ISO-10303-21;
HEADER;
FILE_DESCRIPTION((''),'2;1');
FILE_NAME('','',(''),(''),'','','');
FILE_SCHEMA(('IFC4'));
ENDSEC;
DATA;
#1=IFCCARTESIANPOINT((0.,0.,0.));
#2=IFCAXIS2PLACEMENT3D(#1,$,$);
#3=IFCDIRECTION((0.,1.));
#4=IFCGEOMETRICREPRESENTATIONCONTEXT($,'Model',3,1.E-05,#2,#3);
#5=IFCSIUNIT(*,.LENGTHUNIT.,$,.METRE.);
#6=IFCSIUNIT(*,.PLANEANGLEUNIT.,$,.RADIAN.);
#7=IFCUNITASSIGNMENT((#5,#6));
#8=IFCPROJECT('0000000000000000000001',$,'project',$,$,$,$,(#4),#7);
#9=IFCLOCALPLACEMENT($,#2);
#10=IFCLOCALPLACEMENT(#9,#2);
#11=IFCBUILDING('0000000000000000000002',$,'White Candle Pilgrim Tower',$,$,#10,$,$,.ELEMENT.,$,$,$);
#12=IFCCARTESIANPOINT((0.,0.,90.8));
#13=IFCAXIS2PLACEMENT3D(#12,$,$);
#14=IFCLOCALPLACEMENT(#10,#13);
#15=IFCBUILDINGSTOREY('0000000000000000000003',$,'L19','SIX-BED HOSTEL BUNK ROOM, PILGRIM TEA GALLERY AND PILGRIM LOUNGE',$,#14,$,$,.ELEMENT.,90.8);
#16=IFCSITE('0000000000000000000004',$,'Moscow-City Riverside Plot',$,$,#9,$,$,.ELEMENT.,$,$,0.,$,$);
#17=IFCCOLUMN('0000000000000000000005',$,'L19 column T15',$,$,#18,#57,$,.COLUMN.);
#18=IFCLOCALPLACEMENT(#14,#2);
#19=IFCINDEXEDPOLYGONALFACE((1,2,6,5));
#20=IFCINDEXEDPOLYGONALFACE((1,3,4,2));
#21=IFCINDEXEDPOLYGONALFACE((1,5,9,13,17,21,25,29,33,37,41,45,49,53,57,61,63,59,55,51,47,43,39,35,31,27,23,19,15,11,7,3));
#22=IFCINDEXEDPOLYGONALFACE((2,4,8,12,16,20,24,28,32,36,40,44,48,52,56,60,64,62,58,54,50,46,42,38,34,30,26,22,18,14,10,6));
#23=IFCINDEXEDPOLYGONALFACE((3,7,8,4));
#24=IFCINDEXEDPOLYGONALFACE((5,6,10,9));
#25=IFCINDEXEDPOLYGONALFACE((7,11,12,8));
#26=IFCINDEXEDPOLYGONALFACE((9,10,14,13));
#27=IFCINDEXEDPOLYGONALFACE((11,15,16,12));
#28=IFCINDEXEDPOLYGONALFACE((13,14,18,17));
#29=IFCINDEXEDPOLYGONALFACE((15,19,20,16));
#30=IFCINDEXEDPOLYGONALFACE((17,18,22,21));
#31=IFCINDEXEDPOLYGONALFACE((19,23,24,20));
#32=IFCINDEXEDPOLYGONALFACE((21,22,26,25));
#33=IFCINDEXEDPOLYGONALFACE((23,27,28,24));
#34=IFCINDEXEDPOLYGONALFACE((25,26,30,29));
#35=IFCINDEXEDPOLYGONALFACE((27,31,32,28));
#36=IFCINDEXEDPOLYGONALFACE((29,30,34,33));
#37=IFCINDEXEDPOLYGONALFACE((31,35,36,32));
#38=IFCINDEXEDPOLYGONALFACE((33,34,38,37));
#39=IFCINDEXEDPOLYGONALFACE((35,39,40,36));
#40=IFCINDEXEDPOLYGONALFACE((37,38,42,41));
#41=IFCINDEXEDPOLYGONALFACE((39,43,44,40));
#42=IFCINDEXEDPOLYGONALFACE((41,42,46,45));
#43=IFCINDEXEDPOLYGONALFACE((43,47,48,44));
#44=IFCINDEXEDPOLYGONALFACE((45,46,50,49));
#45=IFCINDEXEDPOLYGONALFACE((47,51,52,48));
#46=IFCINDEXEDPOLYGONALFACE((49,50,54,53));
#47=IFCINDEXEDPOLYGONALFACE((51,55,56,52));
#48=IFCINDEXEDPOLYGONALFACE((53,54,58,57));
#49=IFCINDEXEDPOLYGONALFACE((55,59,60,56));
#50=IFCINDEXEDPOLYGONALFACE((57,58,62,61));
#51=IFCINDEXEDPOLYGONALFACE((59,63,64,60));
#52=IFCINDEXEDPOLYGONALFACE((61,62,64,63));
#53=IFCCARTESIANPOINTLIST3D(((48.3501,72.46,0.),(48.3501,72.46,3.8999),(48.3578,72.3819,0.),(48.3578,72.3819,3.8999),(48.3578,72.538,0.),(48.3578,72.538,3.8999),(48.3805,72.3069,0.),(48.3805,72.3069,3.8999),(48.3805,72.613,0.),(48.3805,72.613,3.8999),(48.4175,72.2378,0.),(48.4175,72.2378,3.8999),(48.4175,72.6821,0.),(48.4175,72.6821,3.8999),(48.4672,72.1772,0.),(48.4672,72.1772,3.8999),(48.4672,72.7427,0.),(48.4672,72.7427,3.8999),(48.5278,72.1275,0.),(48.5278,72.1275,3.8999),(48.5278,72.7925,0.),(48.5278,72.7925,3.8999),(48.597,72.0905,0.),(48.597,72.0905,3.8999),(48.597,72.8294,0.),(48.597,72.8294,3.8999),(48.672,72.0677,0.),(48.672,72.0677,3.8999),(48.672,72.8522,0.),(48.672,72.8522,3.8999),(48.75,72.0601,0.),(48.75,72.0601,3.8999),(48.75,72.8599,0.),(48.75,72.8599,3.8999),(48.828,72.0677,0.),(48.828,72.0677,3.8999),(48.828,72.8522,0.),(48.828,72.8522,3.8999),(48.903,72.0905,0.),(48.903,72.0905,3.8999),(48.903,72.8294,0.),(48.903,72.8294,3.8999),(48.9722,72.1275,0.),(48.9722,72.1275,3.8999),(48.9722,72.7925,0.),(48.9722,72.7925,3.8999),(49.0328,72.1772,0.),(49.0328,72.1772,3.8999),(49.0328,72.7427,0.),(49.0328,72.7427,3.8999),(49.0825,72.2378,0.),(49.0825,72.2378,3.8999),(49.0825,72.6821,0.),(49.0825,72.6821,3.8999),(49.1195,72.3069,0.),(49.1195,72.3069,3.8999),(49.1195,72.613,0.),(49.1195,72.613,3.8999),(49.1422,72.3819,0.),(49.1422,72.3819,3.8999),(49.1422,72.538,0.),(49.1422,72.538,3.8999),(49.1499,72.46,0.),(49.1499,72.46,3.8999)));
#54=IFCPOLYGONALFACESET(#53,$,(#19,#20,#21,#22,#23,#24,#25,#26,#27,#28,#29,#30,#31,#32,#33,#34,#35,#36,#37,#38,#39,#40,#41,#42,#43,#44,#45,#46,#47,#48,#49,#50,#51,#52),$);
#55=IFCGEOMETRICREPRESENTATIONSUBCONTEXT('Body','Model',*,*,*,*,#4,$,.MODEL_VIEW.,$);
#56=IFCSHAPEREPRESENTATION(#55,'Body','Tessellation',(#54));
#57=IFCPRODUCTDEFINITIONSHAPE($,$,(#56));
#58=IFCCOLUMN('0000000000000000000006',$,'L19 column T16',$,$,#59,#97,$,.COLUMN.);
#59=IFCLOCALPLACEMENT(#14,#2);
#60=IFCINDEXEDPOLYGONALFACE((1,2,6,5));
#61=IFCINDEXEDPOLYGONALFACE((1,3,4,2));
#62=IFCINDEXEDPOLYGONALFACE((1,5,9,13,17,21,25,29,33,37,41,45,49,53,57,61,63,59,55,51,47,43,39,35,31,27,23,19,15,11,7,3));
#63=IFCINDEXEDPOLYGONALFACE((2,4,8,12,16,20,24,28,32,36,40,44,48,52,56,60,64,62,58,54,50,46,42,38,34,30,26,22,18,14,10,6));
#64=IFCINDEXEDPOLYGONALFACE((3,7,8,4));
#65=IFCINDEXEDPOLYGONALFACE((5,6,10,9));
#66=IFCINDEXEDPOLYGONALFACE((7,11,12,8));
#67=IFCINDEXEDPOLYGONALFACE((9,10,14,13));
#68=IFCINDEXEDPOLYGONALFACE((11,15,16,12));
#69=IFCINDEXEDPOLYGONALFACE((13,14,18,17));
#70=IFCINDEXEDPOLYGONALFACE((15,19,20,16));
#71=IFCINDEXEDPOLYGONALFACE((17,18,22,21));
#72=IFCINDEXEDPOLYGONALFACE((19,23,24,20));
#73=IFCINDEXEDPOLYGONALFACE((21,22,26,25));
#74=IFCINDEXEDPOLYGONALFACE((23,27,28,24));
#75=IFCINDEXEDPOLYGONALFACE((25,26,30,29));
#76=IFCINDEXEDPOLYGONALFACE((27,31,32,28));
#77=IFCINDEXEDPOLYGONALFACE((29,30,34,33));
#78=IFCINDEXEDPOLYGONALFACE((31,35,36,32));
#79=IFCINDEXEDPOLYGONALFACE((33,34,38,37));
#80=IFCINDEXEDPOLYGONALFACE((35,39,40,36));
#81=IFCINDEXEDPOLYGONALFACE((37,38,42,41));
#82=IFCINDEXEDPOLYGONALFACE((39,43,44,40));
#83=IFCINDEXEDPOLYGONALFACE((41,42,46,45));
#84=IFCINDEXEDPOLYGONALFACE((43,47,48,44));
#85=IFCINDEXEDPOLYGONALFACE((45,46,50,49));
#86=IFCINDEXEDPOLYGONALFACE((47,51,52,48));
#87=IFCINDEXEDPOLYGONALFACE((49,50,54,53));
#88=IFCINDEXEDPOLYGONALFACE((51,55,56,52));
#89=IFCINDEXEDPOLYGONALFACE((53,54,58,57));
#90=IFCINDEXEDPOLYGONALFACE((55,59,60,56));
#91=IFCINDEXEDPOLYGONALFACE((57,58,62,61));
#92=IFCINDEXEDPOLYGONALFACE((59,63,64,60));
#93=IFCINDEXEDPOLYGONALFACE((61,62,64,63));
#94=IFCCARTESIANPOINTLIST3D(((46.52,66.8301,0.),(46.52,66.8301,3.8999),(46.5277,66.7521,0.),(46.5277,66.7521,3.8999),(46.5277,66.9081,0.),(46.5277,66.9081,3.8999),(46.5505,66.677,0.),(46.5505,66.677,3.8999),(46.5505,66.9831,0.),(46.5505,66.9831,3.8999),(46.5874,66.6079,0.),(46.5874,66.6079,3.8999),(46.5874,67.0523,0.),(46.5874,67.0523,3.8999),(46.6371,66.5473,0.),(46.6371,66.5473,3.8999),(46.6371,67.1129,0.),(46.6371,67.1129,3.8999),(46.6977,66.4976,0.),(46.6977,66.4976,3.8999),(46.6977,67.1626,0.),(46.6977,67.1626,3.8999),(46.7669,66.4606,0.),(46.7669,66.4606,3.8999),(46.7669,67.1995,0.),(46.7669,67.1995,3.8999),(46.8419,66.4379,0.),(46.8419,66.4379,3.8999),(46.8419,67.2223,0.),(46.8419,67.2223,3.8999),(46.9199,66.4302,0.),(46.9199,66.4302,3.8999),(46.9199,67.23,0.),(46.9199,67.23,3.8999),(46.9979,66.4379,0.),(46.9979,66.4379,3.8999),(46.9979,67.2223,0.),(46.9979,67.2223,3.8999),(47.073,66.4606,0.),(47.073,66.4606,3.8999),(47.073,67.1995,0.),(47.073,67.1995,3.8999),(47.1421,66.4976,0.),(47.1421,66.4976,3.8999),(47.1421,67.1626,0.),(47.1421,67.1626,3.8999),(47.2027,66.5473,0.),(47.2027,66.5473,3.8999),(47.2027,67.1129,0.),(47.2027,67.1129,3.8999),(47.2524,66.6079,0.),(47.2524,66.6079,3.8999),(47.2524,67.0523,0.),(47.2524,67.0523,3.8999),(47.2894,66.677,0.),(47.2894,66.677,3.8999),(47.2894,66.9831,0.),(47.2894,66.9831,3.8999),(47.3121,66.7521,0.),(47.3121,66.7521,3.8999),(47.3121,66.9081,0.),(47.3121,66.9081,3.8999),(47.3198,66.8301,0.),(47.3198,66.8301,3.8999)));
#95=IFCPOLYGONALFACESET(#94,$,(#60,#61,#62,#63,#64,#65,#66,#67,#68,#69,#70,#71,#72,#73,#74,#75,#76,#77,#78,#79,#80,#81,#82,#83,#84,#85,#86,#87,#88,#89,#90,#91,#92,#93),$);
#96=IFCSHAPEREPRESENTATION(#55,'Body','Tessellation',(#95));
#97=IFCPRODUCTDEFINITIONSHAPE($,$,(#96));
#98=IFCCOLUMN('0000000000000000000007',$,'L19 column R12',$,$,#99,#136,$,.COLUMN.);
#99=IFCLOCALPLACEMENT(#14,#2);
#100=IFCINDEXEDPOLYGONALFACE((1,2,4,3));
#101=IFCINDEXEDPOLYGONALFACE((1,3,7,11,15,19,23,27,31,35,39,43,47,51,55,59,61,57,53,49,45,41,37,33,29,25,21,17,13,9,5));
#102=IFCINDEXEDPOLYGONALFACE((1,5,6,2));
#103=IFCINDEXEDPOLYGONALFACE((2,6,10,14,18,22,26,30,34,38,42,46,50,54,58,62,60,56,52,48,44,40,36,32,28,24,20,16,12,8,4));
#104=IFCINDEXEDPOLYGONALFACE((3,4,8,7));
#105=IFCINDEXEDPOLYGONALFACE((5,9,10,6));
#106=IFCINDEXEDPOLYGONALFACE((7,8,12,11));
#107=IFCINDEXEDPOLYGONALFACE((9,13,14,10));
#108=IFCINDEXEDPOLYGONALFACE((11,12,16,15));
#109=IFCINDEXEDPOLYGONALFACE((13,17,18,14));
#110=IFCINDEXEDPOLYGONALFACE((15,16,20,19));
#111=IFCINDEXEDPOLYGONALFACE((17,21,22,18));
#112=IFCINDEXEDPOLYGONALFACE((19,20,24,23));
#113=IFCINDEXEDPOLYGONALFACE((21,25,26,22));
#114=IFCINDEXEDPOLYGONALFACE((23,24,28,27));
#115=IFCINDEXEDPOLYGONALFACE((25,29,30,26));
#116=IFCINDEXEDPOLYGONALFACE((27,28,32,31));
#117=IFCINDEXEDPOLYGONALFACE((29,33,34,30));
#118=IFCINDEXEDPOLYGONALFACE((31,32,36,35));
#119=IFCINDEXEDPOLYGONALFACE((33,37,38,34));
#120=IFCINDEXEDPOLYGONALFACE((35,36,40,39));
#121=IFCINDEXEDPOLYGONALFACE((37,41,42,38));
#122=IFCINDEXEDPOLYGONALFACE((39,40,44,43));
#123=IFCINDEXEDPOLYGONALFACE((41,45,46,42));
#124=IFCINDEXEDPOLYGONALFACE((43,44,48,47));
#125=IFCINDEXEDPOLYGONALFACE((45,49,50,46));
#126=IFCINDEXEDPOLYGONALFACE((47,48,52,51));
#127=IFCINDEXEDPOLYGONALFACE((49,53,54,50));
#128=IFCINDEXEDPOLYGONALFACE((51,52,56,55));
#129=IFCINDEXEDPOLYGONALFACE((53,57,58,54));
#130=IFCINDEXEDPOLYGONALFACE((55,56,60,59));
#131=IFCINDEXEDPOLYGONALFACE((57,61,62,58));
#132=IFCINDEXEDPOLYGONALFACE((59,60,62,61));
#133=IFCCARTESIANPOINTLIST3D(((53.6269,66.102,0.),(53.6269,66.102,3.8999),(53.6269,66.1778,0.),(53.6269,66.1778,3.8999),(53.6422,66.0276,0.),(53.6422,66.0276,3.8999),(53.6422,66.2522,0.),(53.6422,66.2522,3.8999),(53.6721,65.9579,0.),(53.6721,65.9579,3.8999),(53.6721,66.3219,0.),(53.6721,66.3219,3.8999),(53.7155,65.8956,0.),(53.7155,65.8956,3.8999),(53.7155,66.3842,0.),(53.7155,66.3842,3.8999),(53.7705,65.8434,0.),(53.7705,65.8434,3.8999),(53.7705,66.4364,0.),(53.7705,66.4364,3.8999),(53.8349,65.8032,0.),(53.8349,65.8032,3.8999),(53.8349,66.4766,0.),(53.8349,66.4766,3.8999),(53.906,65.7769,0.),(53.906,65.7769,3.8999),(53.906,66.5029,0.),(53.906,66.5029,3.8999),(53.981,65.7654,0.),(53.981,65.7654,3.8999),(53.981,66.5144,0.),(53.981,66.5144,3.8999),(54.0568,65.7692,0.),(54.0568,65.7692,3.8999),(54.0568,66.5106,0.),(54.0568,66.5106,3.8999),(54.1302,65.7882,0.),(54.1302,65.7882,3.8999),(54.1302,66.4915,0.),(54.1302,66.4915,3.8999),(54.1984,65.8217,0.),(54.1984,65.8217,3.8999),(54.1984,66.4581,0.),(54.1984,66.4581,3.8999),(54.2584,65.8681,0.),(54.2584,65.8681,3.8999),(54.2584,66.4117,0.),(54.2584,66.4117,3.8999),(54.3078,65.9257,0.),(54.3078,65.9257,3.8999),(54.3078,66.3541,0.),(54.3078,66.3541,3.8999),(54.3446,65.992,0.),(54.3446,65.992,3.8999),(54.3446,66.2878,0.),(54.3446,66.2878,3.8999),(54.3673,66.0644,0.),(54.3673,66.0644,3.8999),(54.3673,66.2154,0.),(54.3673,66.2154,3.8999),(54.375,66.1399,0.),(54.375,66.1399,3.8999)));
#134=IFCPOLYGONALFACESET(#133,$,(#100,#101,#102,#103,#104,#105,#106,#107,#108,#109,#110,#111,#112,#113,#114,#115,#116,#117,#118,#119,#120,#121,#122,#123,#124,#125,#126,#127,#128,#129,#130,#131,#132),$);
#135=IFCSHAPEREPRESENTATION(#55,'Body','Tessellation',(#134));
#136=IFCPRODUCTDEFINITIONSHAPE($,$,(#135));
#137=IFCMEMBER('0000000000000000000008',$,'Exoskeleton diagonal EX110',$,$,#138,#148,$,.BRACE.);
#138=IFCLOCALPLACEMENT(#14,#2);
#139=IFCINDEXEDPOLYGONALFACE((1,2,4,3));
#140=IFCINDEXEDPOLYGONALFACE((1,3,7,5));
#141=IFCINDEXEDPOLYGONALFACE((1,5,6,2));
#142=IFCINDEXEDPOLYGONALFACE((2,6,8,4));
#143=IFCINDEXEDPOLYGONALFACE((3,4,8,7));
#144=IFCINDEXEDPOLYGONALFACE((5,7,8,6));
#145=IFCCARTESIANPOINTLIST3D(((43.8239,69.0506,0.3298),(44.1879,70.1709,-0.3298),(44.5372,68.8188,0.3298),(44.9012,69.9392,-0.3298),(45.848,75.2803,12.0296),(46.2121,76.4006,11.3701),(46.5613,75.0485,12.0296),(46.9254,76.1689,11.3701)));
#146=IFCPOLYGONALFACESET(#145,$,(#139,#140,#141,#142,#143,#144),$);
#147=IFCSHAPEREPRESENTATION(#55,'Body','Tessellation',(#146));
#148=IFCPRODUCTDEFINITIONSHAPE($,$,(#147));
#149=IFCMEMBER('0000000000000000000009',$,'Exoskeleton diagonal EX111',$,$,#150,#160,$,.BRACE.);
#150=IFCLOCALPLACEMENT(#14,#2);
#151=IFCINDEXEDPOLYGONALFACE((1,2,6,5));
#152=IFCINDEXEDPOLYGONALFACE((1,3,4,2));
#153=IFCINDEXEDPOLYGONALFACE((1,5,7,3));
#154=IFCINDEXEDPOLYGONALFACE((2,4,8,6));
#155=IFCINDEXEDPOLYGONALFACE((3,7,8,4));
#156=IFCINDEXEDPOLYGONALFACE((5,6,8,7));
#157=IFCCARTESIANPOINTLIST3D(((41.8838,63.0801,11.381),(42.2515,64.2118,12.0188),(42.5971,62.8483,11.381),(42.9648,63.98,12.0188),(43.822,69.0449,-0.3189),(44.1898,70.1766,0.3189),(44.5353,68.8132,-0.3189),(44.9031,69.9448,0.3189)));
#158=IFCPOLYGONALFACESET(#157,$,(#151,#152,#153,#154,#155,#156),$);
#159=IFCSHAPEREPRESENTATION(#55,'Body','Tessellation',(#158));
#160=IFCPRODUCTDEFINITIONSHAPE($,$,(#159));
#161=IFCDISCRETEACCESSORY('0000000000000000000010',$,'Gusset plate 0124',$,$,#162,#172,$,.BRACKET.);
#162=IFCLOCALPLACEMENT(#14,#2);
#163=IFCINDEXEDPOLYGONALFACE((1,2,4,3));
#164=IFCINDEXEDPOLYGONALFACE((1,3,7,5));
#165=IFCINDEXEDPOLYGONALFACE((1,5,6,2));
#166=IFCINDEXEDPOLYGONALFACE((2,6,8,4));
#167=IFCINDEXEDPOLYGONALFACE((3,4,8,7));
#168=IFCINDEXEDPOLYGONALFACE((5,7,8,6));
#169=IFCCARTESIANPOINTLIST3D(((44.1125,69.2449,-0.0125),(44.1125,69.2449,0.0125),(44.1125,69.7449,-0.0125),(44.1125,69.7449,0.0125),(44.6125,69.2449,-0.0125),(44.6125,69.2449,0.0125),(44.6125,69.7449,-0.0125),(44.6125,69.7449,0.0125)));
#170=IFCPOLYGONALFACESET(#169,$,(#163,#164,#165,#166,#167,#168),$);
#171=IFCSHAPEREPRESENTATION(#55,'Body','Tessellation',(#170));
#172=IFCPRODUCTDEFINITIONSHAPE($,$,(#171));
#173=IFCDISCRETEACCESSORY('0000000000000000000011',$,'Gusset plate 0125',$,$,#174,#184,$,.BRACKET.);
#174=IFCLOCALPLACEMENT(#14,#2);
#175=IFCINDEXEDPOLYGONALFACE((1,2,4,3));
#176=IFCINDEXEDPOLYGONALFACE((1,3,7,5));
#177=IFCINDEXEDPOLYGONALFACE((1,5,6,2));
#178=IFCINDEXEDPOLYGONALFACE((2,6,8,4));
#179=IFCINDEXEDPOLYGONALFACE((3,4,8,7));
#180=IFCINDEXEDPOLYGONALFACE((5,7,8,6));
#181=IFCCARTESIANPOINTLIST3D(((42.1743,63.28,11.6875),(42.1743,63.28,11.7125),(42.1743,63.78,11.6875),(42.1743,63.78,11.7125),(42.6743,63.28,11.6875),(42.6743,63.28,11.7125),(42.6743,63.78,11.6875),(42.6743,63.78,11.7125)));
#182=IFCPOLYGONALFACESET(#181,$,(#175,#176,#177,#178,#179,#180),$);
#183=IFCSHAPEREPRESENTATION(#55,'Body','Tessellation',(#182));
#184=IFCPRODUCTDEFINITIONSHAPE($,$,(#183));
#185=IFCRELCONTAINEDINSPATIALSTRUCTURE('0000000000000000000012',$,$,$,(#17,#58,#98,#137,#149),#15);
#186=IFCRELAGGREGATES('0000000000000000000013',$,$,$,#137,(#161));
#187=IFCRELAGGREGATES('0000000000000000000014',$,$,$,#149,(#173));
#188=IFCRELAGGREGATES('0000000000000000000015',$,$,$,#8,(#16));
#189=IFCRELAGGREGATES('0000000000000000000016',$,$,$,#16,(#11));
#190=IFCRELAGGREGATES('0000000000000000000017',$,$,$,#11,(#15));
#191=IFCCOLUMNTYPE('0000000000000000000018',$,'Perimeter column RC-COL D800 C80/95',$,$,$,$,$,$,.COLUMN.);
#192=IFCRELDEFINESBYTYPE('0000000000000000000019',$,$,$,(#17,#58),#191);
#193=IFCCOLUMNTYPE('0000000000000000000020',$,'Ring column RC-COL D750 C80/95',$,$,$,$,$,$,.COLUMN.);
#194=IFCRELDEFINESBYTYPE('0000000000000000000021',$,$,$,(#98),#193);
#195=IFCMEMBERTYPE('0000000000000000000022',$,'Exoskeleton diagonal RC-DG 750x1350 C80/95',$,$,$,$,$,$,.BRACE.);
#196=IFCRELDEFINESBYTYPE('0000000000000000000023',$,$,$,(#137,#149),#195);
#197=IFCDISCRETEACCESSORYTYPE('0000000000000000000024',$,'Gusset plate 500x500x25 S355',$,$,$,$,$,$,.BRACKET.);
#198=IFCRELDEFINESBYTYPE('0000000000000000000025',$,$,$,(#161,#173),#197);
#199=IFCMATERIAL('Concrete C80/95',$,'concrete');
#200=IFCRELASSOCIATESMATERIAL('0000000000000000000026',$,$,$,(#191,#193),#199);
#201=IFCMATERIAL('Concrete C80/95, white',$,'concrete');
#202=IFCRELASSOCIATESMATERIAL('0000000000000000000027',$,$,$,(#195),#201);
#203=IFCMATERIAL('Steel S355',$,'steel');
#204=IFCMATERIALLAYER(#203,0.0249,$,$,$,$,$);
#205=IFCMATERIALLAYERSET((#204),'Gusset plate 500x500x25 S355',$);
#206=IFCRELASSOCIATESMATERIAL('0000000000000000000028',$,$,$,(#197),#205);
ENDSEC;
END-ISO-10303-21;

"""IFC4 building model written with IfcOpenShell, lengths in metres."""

from ifc_helpers import new_model, si_unit, direction, frame, origin, origin_2d, place, context, subcontext, project, spatial, rectangle, circle, extrude, material, layer, layer_set, material_profile, profile_set, type_object, element, aggregate, save


model = new_model("IFC4")

# Units and contexts
model_context = context("Model", 3, precision=1e-05, world=origin(), true_north=direction((0.0, 1.0)))
body_context = subcontext(model_context, "Body", "Model", "MODEL_VIEW")
ifc_project = project(units=[si_unit("LENGTHUNIT", "METRE"), si_unit("PLANEANGLEUNIT", "RADIAN")], contexts=[model_context])

# Site, building, storey
site_placement = place(None, origin())
site = spatial("IfcSite", under=ifc_project, at=site_placement, Name="Moscow-City Riverside Plot", CompositionType="ELEMENT", RefElevation=0.0)
building_placement = place(site_placement, origin())
building = spatial("IfcBuilding", under=site, at=building_placement, Name="White Candle Pilgrim Tower", CompositionType="ELEMENT")
storey_placement = place(building_placement, frame((0.0, 0.0, 90.8)))
storey = spatial("IfcBuildingStorey", under=building, at=storey_placement, Name="L19", Description="SIX-BED HOSTEL BUNK ROOM, PILGRIM TEA GALLERY AND PILGRIM LOUNGE", CompositionType="ELEMENT", Elevation=90.8)

# Columns
ifc_material_1 = material(Name="Concrete C80/95", Category="concrete")
ifc_material_profile_1 = material_profile(ifc_material_1, circle(Radius=0.3999, at=origin_2d()), Name="RC-COL D800")
ifc_profile_set_1 = profile_set([ifc_material_profile_1], Name="Concrete C80/95")
column_type_1 = type_object("IfcColumnType", Name="Perimeter column RC-COL D800 C80/95", PredefinedType="COLUMN", material=ifc_profile_set_1)
for number, where, z_axis, x_axis, name in (
    (1, (48.75, 72.46, 0.0), (0.0, 0.0, 1.0), (1.0, 0.0, 0.0), "L19 column T15"),
    (2, (46.9199, 66.8301, 0.0), (0.0, 0.0, 1.0), (1.0, 0.0, 0.0), "L19 column T16"),
):
    element("IfcColumn", number, at=place(storey_placement, frame(where, z_axis=z_axis, x_axis=x_axis)), inside=storey, type_object=column_type_1, Name=name, PredefinedType="COLUMN", context=body_context, shape_type="SweptSolid", body=[
        extrude(circle(Radius=0.3999, at=origin_2d()), origin(), (0.0, 0.0, 1.0), 3.8999),
    ])
ifc_material_profile_2 = material_profile(ifc_material_1, circle(Radius=0.375, at=origin_2d()), Name="RC-COL D750")
ifc_profile_set_2 = profile_set([ifc_material_profile_2], Name="Concrete C80/95")
column_type_2 = type_object("IfcColumnType", Name="Ring column RC-COL D750 C80/95", PredefinedType="COLUMN", material=ifc_profile_set_2)
column_placement = place(storey_placement, frame((54.0, 66.1399, 0.0), z_axis=(0.0, 0.0, 1.0), x_axis=(1.0, 0.0, 0.0)))
element("IfcColumn", 3, at=column_placement, inside=storey, type_object=column_type_2, Name="L19 column R12", PredefinedType="COLUMN", context=body_context, shape_type="SweptSolid", body=[
    extrude(circle(Radius=0.375, at=origin_2d()), origin(), (0.0, 0.0, 1.0), 3.8999),
])

# Members
ifc_material_2 = material(Name="Concrete C80/95, white", Category="concrete")
ifc_material_profile_3 = material_profile(ifc_material_2, rectangle(XDim=0.75, YDim=1.3501, at=origin_2d()), Name="RC-DG 750x1350")
ifc_profile_set_3 = profile_set([ifc_material_profile_3], Name="Concrete C80/95, white")
member_type_1 = type_object("IfcMemberType", Name="Exoskeleton diagonal RC-DG 750x1350 C80/95", PredefinedType="BRACE", material=ifc_profile_set_3)
member_1_placement = place(storey_placement, frame((44.3625, 69.4949, 0.0), z_axis=(0.150958, 0.464601, 0.872558), x_axis=(-0.951056, 0.309018, 0.0)))
member_1 = element("IfcMember", 4, at=member_1_placement, inside=storey, type_object=member_type_1, Name="Exoskeleton diagonal EX110", PredefinedType="BRACE", context=body_context, shape_type="SweptSolid", body=[
    extrude(rectangle(XDim=0.75, YDim=1.3501, at=origin_2d()), origin(), (0.0, 0.0, 1.0), 13.4087),
])
member_2_placement = place(storey_placement, frame((44.3625, 69.4949, 0.0), z_axis=(-0.146006, -0.44933, 0.881354), x_axis=(0.95105, -0.309037, 0.0)))
member_2 = element("IfcMember", 5, at=member_2_placement, inside=storey, type_object=member_type_1, Name="Exoskeleton diagonal EX111", PredefinedType="BRACE", context=body_context, shape_type="SweptSolid", body=[
    extrude(rectangle(XDim=0.75, YDim=1.3501, at=origin_2d()), origin(), (0.0, 0.0, 1.0), 13.2749),
])

# Discrete accessories
ifc_material_3 = material(Name="Steel S355", Category="steel")
ifc_layer_1 = layer(ifc_material_3, 0.0249)
ifc_layer_set_1 = layer_set([ifc_layer_1], Name="Gusset plate 500x500x25 S355")
discrete_accessory_type = type_object("IfcDiscreteAccessoryType", Name="Gusset plate 500x500x25 S355", PredefinedType="BRACKET", material=ifc_layer_set_1)
discrete_accessory_1_placement = place(storey_placement, frame((44.3625, 69.4949, -0.0125), z_axis=(0.0, 0.0, 1.0), x_axis=(1.0, 0.0, 0.0)))
discrete_accessory_1 = element("IfcDiscreteAccessory", 6, at=discrete_accessory_1_placement, type_object=discrete_accessory_type, Name="Gusset plate 0124", PredefinedType="BRACKET", context=body_context, shape_type="SweptSolid", body=[
    extrude(rectangle(XDim=0.5, YDim=0.5, at=origin_2d()), origin(), (0.0, 0.0, 1.0), 0.0249),
])
aggregate(member_1, [discrete_accessory_1])
placement = place(building_placement, frame((0.0, 0.0, 102.5)))
discrete_accessory_2_placement = place(placement, frame((42.4243, 63.53, -0.0125), z_axis=(0.0, 0.0, 1.0), x_axis=(1.0, 0.0, 0.0)))
discrete_accessory_2 = element("IfcDiscreteAccessory", 7, at=discrete_accessory_2_placement, type_object=discrete_accessory_type, Name="Gusset plate 0125", PredefinedType="BRACKET", context=body_context, shape_type="SweptSolid", body=[
    extrude(rectangle(XDim=0.5, YDim=0.5, at=origin_2d()), origin(), (0.0, 0.0, 1.0), 0.0249),
])
aggregate(member_2, [discrete_accessory_2])

save(model, "model.ifc")
